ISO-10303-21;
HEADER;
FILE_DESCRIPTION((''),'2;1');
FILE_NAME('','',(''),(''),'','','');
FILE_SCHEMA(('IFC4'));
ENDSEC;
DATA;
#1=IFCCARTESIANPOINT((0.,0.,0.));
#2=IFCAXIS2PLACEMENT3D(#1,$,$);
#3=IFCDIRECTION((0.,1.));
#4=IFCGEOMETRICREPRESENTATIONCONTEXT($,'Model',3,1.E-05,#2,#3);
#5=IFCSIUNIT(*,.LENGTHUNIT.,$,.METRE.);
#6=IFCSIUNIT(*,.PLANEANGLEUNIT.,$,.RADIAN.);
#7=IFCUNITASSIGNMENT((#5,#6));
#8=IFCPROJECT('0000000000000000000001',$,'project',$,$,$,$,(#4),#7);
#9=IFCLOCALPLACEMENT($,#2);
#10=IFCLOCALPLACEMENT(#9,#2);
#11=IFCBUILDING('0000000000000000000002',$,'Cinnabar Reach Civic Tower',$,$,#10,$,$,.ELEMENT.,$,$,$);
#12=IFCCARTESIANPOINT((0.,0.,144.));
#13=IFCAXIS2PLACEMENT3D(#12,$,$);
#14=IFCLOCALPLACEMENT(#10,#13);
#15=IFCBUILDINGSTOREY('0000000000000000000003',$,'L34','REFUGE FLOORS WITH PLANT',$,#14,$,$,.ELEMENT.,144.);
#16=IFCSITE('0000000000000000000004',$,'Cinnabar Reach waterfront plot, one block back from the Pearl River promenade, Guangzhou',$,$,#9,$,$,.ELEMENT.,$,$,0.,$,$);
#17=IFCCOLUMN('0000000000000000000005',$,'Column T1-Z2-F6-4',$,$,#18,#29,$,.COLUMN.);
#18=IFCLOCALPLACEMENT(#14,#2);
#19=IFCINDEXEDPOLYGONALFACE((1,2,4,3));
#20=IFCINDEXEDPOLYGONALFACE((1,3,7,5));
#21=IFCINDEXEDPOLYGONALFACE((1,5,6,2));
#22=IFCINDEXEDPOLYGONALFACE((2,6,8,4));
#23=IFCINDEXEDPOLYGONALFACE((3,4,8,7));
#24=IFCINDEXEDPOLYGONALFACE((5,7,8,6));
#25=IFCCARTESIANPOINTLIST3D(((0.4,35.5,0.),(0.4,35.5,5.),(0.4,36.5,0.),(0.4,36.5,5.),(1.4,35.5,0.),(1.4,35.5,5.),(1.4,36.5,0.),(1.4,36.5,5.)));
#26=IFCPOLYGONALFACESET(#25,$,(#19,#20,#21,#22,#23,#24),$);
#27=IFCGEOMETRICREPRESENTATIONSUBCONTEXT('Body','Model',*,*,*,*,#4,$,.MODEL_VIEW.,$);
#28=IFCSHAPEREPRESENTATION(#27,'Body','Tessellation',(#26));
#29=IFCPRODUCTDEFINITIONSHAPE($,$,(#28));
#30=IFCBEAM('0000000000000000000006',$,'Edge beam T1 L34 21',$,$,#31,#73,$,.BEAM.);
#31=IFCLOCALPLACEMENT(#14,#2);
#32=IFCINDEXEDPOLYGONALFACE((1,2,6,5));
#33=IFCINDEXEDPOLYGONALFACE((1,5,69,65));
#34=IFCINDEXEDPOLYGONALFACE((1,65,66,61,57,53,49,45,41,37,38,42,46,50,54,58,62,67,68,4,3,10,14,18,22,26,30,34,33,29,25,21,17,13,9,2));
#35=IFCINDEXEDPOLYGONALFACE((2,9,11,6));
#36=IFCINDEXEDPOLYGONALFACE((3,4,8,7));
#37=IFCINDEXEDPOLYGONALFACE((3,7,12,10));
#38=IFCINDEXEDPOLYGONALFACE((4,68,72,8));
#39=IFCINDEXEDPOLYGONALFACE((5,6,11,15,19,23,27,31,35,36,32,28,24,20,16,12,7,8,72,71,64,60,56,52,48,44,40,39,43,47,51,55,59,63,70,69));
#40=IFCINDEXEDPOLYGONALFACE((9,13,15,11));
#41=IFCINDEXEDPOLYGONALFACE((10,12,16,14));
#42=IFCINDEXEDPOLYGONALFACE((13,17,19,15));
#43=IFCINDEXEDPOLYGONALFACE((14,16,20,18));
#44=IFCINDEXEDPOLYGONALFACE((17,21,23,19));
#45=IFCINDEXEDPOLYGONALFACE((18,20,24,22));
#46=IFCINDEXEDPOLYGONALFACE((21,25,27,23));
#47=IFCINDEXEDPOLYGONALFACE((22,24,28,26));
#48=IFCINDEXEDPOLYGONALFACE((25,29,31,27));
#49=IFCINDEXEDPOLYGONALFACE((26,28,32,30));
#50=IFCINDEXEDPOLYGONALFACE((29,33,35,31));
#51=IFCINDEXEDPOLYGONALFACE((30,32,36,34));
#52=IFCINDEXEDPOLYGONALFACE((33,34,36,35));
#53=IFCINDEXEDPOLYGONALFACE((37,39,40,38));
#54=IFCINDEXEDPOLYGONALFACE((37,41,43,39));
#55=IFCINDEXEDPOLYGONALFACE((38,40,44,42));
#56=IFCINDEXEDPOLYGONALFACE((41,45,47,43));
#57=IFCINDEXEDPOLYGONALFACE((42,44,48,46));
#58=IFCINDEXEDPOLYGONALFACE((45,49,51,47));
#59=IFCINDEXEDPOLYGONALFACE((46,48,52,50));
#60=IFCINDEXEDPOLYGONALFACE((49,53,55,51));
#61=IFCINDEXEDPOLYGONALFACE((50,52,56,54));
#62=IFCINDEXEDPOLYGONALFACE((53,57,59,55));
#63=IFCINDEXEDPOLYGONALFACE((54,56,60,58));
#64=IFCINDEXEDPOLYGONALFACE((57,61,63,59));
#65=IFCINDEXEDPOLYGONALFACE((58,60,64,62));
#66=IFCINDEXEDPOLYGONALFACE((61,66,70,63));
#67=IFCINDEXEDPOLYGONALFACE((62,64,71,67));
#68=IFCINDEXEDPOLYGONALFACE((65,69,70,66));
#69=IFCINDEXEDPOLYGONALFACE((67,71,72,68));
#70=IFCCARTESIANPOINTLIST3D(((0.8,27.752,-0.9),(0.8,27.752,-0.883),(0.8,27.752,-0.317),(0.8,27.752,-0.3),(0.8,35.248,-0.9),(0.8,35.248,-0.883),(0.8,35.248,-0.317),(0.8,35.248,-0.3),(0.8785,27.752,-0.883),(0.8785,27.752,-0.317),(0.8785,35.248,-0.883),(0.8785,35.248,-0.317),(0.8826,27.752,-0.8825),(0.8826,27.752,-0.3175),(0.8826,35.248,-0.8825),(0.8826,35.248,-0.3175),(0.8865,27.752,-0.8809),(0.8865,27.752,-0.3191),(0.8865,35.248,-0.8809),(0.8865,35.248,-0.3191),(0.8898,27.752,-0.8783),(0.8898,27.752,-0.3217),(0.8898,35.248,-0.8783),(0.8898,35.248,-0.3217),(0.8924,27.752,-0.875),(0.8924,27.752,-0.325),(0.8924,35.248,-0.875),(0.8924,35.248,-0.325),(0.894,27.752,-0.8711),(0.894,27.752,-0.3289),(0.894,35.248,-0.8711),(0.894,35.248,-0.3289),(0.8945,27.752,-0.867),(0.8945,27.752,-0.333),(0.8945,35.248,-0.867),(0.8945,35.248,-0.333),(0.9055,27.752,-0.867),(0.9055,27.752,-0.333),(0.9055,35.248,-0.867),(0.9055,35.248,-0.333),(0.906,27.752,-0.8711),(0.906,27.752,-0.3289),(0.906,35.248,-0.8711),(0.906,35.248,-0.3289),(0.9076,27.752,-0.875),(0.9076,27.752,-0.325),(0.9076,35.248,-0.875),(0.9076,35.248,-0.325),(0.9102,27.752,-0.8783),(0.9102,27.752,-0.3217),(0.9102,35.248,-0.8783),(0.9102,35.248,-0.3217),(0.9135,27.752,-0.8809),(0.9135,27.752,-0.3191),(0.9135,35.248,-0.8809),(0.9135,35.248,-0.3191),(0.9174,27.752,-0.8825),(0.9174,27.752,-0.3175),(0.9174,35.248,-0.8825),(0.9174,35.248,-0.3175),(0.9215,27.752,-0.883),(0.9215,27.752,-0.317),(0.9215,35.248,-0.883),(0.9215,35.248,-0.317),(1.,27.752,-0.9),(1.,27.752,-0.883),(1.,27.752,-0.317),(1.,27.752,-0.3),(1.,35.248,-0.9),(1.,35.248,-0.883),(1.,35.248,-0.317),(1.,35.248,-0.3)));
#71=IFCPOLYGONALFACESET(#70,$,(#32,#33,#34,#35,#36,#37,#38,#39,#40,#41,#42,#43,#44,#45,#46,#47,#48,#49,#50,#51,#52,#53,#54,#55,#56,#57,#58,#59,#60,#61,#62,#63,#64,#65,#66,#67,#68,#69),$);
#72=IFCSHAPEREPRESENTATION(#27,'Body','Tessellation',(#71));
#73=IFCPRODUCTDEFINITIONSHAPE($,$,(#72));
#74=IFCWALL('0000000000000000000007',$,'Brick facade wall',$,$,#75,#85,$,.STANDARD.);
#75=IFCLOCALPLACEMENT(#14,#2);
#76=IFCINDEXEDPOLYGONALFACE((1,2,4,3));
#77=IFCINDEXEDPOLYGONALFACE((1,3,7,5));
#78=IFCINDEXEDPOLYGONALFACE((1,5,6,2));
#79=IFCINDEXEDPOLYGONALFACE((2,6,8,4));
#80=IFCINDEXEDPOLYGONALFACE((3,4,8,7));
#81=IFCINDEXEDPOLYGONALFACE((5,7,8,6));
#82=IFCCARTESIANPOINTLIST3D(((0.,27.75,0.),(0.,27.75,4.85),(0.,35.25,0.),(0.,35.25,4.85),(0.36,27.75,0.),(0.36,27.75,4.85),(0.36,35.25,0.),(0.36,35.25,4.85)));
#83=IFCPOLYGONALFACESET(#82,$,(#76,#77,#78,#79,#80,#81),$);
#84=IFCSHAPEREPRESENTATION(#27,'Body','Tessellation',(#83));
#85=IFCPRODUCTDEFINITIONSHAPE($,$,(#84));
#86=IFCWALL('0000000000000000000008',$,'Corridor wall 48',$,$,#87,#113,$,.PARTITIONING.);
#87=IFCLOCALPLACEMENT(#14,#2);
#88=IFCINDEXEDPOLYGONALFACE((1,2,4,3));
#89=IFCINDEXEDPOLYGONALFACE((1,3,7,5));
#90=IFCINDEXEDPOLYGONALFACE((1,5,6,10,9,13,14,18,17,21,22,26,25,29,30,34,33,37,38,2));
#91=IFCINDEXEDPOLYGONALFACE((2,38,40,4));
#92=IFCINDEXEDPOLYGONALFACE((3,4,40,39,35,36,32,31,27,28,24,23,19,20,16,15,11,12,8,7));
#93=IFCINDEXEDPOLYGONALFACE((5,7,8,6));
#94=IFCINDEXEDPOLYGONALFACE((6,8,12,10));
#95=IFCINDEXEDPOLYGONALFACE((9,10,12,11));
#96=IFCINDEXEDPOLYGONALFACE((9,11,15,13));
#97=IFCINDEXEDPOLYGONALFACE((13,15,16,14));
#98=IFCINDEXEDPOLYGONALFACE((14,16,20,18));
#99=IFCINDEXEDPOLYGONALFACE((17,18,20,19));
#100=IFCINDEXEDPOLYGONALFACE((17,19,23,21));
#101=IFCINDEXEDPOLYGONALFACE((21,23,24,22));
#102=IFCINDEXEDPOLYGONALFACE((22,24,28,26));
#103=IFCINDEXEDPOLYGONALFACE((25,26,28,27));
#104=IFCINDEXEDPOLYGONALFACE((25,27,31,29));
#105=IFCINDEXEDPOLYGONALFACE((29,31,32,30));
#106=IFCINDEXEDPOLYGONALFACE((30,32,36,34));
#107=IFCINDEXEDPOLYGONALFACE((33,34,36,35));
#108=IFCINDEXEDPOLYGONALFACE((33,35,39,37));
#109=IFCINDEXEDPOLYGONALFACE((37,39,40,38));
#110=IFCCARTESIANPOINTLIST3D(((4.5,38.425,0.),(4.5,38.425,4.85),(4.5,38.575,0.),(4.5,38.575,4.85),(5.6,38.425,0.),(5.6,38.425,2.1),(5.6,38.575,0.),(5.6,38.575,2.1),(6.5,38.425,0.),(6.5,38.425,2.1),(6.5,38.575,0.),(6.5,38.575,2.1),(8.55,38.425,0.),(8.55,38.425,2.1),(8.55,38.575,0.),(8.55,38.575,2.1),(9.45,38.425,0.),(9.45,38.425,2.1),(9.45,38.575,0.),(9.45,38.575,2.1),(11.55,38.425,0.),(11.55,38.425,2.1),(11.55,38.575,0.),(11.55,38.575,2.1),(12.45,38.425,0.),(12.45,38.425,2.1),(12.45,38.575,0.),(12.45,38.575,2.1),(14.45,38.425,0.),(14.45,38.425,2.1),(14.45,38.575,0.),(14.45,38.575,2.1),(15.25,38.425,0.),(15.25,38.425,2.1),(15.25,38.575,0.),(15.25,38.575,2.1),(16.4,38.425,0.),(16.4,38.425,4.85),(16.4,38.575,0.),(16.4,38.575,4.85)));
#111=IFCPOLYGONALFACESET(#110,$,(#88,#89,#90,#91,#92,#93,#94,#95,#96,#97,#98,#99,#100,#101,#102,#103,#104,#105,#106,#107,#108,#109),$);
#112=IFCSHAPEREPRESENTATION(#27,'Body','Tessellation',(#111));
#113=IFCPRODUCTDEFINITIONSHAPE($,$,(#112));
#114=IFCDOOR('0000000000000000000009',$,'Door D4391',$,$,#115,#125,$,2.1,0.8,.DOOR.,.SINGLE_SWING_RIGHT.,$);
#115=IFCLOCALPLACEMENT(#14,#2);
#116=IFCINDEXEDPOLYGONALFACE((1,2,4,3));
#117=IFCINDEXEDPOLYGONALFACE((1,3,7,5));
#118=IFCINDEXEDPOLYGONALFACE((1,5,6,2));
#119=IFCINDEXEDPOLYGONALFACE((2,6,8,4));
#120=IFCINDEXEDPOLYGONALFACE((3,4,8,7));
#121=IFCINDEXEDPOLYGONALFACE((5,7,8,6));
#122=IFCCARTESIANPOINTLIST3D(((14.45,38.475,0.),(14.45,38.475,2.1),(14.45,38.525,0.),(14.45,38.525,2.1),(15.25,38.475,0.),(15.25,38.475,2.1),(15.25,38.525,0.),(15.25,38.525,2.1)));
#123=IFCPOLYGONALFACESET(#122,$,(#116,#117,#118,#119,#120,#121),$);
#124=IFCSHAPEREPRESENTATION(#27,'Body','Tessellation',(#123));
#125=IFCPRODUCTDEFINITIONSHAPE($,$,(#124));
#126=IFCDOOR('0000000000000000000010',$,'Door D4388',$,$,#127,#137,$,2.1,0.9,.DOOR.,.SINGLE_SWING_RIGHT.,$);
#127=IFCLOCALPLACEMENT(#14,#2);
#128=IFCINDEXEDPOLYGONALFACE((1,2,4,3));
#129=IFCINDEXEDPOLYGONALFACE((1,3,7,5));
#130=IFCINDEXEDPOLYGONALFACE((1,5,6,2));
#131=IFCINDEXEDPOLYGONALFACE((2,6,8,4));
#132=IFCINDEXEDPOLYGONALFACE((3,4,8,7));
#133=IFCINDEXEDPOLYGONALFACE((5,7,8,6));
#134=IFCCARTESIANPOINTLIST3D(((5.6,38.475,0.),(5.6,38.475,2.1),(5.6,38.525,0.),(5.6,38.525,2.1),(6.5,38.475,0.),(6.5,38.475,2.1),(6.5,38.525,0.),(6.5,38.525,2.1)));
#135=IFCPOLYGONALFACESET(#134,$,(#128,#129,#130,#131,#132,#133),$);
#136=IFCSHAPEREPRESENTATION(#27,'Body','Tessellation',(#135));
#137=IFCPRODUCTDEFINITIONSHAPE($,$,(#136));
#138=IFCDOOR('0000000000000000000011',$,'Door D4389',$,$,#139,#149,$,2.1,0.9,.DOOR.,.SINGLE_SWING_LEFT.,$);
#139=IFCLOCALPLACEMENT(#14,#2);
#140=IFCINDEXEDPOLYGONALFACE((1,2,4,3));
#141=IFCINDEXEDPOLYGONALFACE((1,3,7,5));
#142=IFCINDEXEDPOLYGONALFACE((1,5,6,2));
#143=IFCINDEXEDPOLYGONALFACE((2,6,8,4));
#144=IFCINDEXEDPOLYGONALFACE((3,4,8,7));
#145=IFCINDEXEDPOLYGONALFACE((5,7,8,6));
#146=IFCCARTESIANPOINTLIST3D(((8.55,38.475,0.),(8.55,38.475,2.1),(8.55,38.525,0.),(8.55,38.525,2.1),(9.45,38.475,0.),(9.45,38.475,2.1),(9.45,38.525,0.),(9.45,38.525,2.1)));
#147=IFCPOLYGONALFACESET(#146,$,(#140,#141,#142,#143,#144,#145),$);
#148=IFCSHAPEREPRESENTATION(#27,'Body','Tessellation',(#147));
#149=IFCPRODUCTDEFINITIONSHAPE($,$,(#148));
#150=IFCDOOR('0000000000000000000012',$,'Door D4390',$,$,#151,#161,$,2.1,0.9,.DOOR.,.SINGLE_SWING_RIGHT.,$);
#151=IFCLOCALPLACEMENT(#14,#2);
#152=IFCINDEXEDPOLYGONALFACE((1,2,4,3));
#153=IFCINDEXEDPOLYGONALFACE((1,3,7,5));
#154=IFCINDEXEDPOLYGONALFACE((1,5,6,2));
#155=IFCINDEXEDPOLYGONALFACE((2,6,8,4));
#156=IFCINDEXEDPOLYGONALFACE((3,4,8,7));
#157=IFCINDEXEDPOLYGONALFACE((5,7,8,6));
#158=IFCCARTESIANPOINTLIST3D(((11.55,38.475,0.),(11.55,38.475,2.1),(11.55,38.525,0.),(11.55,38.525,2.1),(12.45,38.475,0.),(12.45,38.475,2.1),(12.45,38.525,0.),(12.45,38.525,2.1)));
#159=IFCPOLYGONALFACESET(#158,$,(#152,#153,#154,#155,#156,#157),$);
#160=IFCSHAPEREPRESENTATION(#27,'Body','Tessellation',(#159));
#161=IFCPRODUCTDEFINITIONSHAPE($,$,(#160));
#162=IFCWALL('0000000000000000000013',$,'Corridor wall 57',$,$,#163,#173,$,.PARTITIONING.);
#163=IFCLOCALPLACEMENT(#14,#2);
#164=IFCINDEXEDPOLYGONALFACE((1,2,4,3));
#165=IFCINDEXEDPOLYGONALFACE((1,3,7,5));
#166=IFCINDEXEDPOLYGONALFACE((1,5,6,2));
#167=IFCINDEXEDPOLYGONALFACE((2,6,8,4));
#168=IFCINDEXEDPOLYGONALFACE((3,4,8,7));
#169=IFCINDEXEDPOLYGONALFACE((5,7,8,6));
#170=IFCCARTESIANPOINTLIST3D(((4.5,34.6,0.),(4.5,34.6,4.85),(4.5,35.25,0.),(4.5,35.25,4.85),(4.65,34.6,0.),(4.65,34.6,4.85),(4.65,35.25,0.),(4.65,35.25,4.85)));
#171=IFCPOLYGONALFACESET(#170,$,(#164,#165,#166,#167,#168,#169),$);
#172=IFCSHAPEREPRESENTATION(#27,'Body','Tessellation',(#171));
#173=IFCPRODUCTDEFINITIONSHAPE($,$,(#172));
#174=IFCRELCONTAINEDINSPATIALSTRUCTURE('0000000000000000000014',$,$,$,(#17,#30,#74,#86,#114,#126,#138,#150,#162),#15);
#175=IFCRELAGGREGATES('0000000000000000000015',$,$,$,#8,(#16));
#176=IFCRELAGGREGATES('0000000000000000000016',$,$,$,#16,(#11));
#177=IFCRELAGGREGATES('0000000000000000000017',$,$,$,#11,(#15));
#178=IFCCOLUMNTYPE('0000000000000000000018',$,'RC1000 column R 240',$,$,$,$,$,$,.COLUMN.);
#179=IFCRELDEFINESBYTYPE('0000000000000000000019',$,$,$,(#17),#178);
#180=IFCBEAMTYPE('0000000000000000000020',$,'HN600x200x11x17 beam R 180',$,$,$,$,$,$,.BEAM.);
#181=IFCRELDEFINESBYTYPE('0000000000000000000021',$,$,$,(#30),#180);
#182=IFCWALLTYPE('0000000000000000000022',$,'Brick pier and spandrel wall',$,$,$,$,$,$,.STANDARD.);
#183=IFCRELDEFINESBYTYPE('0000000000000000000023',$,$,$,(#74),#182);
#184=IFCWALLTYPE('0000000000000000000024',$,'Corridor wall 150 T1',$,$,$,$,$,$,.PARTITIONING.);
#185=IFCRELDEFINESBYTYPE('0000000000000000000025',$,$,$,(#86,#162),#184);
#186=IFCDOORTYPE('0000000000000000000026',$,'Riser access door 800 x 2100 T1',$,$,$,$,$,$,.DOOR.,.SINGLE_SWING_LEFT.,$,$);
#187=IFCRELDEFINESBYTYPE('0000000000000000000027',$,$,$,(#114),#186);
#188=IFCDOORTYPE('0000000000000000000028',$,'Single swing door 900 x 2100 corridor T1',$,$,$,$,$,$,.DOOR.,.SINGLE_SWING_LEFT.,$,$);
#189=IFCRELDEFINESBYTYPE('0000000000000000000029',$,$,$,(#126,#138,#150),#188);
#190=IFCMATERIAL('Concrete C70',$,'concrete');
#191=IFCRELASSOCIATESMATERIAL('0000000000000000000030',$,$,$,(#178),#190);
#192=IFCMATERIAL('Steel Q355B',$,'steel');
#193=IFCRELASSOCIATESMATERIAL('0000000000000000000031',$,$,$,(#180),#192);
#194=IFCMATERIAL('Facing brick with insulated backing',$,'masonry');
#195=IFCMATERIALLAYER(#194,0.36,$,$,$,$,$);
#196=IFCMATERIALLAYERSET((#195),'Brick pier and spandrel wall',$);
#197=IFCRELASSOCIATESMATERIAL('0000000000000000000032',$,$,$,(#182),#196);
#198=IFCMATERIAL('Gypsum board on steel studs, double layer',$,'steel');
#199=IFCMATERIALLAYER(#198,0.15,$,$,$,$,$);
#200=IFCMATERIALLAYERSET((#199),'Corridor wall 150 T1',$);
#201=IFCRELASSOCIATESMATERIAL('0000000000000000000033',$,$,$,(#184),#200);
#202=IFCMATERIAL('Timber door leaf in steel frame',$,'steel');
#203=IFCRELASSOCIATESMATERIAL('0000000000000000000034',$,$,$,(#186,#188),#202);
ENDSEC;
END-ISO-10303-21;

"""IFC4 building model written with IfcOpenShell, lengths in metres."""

from ifc_helpers import new_model, si_unit, direction, frame, frame_2d, origin, origin_2d, place, context, subcontext, project, spatial, rectangle, i_section, extrude, material, layer, layer_set, material_profile, profile_set, type_object, element, fill, save


model = new_model("IFC4")

# Units and contexts
model_context = context("Model", 3, precision=1e-05, world=origin(), true_north=direction((0.0, 1.0)))
body_context = subcontext(model_context, "Body", "Model", "MODEL_VIEW")
ifc_project = project(units=[si_unit("LENGTHUNIT", "METRE"), si_unit("PLANEANGLEUNIT", "RADIAN")], contexts=[model_context])

# Site, building, storey
site_placement = place(None, origin())
site = spatial("IfcSite", under=ifc_project, at=site_placement, Name="Cinnabar Reach waterfront plot, one block back from the Pearl River promenade, Guangzhou", CompositionType="ELEMENT", RefElevation=0.0)
building_placement = place(site_placement, origin())
building = spatial("IfcBuilding", under=site, at=building_placement, Name="Cinnabar Reach Civic Tower", CompositionType="ELEMENT")
storey_placement = place(building_placement, frame((0.0, 0.0, 144.0)))
storey = spatial("IfcBuildingStorey", under=building, at=storey_placement, Name="L34", Description="REFUGE FLOORS WITH PLANT", CompositionType="ELEMENT", Elevation=144.0)

# Column
ifc_material_1 = material(Name="Concrete C70", Category="concrete")
ifc_material_profile_1 = material_profile(ifc_material_1, rectangle(XDim=1.0, YDim=1.0, at=origin_2d()), Name="RC1000")
ifc_profile_set_1 = profile_set([ifc_material_profile_1], Name="Concrete C70")
column_type = type_object("IfcColumnType", Name="RC1000 column R 240", PredefinedType="COLUMN", material=ifc_profile_set_1)
column_placement = place(storey_placement, frame((0.9, 36.0, 0.0), z_axis=(0.0, 0.0, 1.0), x_axis=(1.0, 0.0, 0.0)))
element("IfcColumn", 1, at=column_placement, inside=storey, type_object=column_type, Name="Column T1-Z2-F6-4", PredefinedType="COLUMN", context=body_context, shape_type="SweptSolid", body=[
    extrude(rectangle(XDim=1.0, YDim=1.0, at=origin_2d()), origin(), (0.0, 0.0, 1.0), 5.0),
])

# Beam
ifc_material_2 = material(Name="Steel Q355B", Category="steel")
ifc_material_profile_2 = material_profile(ifc_material_2, i_section(OverallWidth=0.2, OverallDepth=0.6, WebThickness=0.011, FlangeThickness=0.017, FilletRadius=0.016, at=origin_2d()), Name="HN600x200x11x17")
ifc_profile_set_2 = profile_set([ifc_material_profile_2], Name="Steel Q355B")
beam_type = type_object("IfcBeamType", Name="HN600x200x11x17 beam R 180", PredefinedType="BEAM", material=ifc_profile_set_2)
beam_placement = place(storey_placement, frame((0.9, 35.248, -0.6), z_axis=(0.0, -1.0, 0.0), x_axis=(1.0, 0.0, 0.0)))
element("IfcBeam", 2, at=beam_placement, inside=storey, type_object=beam_type, Name="Edge beam T1 L34 21", PredefinedType="BEAM", context=body_context, shape_type="SweptSolid", body=[
    extrude(i_section(OverallWidth=0.2, OverallDepth=0.6, WebThickness=0.011, FlangeThickness=0.017, FilletRadius=0.016, at=origin_2d()), origin(), (0.0, 0.0, 1.0), 7.496),
])

# Wall
ifc_material_3 = material(Name="Facing brick with insulated backing", Category="masonry")
ifc_layer_1 = layer(ifc_material_3, 0.36)
ifc_layer_set_1 = layer_set([ifc_layer_1], Name="Brick pier and spandrel wall")
wall_type_1 = type_object("IfcWallType", Name="Brick pier and spandrel wall", PredefinedType="STANDARD", material=ifc_layer_set_1)
wall_1_placement = place(storey_placement, frame((0.18, 35.25, 0.0), z_axis=(0.0, 0.0, 1.0), x_axis=(0.0, -1.0, 0.0)))
element("IfcWall", 3, at=wall_1_placement, inside=storey, type_object=wall_type_1, Name="Brick facade wall", PredefinedType="STANDARD", context=body_context, shape_type="SweptSolid", body=[
    extrude(rectangle(XDim=7.5, YDim=0.36, at=frame_2d((3.75, 0.0))), origin(), (0.0, 0.0, 1.0), 4.85),
])

# Wall, openings, doors
ifc_material_4 = material(Name="Gypsum board on steel studs, double layer", Category="steel")
ifc_layer_2 = layer(ifc_material_4, 0.15)
ifc_layer_set_2 = layer_set([ifc_layer_2], Name="Corridor wall 150 T1")
wall_type_2 = type_object("IfcWallType", Name="Corridor wall 150 T1", PredefinedType="PARTITIONING", material=ifc_layer_set_2)
wall_2_placement = place(storey_placement, frame((4.5, 38.5, 0.0), z_axis=(0.0, 0.0, 1.0), x_axis=(1.0, 0.0, 0.0)))
wall_2 = element("IfcWall", 4, at=wall_2_placement, inside=storey, type_object=wall_type_2, Name="Corridor wall 48", PredefinedType="PARTITIONING", context=body_context, shape_type="SweptSolid", body=[
    extrude(rectangle(XDim=11.9, YDim=0.15, at=frame_2d((5.95, 0.0))), origin(), (0.0, 0.0, 1.0), 4.85),
])
opening_1_placement = place(wall_2_placement, frame((1.1, 0.0, 0.0)))
opening_1 = element("IfcOpeningElement", 5, at=opening_1_placement, cuts=wall_2, PredefinedType="OPENING", context=body_context, shape_type="SweptSolid", body=[
    extrude(rectangle(XDim=0.9, YDim=2.1, at=frame_2d((0.45, 1.05))), frame((0.0, 0.085, 0.0), z_axis=(0.0, -1.0, 0.0), x_axis=(1.0, 0.0, 0.0)), (0.0, 0.0, 1.0), 0.17),
])
opening_2_placement = place(wall_2_placement, frame((4.05, 0.0, 0.0)))
opening_2 = element("IfcOpeningElement", 6, at=opening_2_placement, cuts=wall_2, PredefinedType="OPENING", context=body_context, shape_type="SweptSolid", body=[
    extrude(rectangle(XDim=0.9, YDim=2.1, at=frame_2d((0.45, 1.05))), frame((0.0, 0.085, 0.0), z_axis=(0.0, -1.0, 0.0), x_axis=(1.0, 0.0, 0.0)), (0.0, 0.0, 1.0), 0.17),
])
opening_3_placement = place(wall_2_placement, frame((7.05, 0.0, 0.0)))
opening_3 = element("IfcOpeningElement", 7, at=opening_3_placement, cuts=wall_2, PredefinedType="OPENING", context=body_context, shape_type="SweptSolid", body=[
    extrude(rectangle(XDim=0.9, YDim=2.1, at=frame_2d((0.45, 1.05))), frame((0.0, 0.085, 0.0), z_axis=(0.0, -1.0, 0.0), x_axis=(1.0, 0.0, 0.0)), (0.0, 0.0, 1.0), 0.17),
])
opening_4_placement = place(wall_2_placement, frame((9.95, 0.0, 0.0)))
opening_4 = element("IfcOpeningElement", 8, at=opening_4_placement, cuts=wall_2, PredefinedType="OPENING", context=body_context, shape_type="SweptSolid", body=[
    extrude(rectangle(XDim=0.8, YDim=2.1, at=frame_2d((0.4, 1.05))), frame((0.0, 0.085, 0.0), z_axis=(0.0, -1.0, 0.0), x_axis=(1.0, 0.0, 0.0)), (0.0, 0.0, 1.0), 0.17),
])
ifc_material_5 = material(Name="Timber door leaf in steel frame", Category="steel")
door_type_1 = type_object("IfcDoorType", Name="Riser access door 800 x 2100 T1", OperationType="SINGLE_SWING_LEFT", PredefinedType="DOOR", material=ifc_material_5)
door_1_placement = place(opening_4_placement, origin())
door_1 = element("IfcDoor", 9, at=door_1_placement, inside=storey, type_object=door_type_1, Name="Door D4391", OperationType="SINGLE_SWING_RIGHT", OverallHeight=2.1, OverallWidth=0.8, PredefinedType="DOOR", context=body_context, shape_type="SweptSolid", body=[
    extrude(rectangle(XDim=0.8, YDim=2.1, at=frame_2d((0.4, 1.05))), frame((0.0, 0.025, 0.0), z_axis=(0.0, -1.0, 0.0), x_axis=(1.0, 0.0, 0.0)), (0.0, 0.0, 1.0), 0.05),
])
fill(opening_4, door_1)
door_type_2 = type_object("IfcDoorType", Name="Single swing door 900 x 2100 corridor T1", OperationType="SINGLE_SWING_LEFT", PredefinedType="DOOR", material=ifc_material_5)
door_2_placement = place(opening_1_placement, origin())
door_2 = element("IfcDoor", 10, at=door_2_placement, inside=storey, type_object=door_type_2, Name="Door D4388", OperationType="SINGLE_SWING_RIGHT", OverallHeight=2.1, OverallWidth=0.9, PredefinedType="DOOR", context=body_context, shape_type="SweptSolid", body=[
    extrude(rectangle(XDim=0.9, YDim=2.1, at=frame_2d((0.45, 1.05))), frame((0.0, 0.025, 0.0), z_axis=(0.0, -1.0, 0.0), x_axis=(1.0, 0.0, 0.0)), (0.0, 0.0, 1.0), 0.05),
])
fill(opening_1, door_2)
door_3_placement = place(opening_2_placement, origin())
door_3 = element("IfcDoor", 11, at=door_3_placement, inside=storey, type_object=door_type_2, Name="Door D4389", OperationType="SINGLE_SWING_LEFT", OverallHeight=2.1, OverallWidth=0.9, PredefinedType="DOOR", context=body_context, shape_type="SweptSolid", body=[
    extrude(rectangle(XDim=0.9, YDim=2.1, at=frame_2d((0.45, 1.05))), frame((0.0, 0.025, 0.0), z_axis=(0.0, -1.0, 0.0), x_axis=(1.0, 0.0, 0.0)), (0.0, 0.0, 1.0), 0.05),
])
fill(opening_2, door_3)
door_4_placement = place(opening_3_placement, origin())
door_4 = element("IfcDoor", 12, at=door_4_placement, inside=storey, type_object=door_type_2, Name="Door D4390", OperationType="SINGLE_SWING_RIGHT", OverallHeight=2.1, OverallWidth=0.9, PredefinedType="DOOR", context=body_context, shape_type="SweptSolid", body=[
    extrude(rectangle(XDim=0.9, YDim=2.1, at=frame_2d((0.45, 1.05))), frame((0.0, 0.025, 0.0), z_axis=(0.0, -1.0, 0.0), x_axis=(1.0, 0.0, 0.0)), (0.0, 0.0, 1.0), 0.05),
])
fill(opening_3, door_4)

# Wall
wall_3_placement = place(storey_placement, frame((4.575, 34.6, 0.0), z_axis=(0.0, 0.0, 1.0), x_axis=(0.0, 1.0, 0.0)))
element("IfcWall", 13, at=wall_3_placement, inside=storey, type_object=wall_type_2, Name="Corridor wall 57", PredefinedType="PARTITIONING", context=body_context, shape_type="SweptSolid", body=[
    extrude(rectangle(XDim=0.65, YDim=0.15, at=frame_2d((0.325, 0.0))), origin(), (0.0, 0.0, 1.0), 4.85),
])

save(model, "model.ifc")
